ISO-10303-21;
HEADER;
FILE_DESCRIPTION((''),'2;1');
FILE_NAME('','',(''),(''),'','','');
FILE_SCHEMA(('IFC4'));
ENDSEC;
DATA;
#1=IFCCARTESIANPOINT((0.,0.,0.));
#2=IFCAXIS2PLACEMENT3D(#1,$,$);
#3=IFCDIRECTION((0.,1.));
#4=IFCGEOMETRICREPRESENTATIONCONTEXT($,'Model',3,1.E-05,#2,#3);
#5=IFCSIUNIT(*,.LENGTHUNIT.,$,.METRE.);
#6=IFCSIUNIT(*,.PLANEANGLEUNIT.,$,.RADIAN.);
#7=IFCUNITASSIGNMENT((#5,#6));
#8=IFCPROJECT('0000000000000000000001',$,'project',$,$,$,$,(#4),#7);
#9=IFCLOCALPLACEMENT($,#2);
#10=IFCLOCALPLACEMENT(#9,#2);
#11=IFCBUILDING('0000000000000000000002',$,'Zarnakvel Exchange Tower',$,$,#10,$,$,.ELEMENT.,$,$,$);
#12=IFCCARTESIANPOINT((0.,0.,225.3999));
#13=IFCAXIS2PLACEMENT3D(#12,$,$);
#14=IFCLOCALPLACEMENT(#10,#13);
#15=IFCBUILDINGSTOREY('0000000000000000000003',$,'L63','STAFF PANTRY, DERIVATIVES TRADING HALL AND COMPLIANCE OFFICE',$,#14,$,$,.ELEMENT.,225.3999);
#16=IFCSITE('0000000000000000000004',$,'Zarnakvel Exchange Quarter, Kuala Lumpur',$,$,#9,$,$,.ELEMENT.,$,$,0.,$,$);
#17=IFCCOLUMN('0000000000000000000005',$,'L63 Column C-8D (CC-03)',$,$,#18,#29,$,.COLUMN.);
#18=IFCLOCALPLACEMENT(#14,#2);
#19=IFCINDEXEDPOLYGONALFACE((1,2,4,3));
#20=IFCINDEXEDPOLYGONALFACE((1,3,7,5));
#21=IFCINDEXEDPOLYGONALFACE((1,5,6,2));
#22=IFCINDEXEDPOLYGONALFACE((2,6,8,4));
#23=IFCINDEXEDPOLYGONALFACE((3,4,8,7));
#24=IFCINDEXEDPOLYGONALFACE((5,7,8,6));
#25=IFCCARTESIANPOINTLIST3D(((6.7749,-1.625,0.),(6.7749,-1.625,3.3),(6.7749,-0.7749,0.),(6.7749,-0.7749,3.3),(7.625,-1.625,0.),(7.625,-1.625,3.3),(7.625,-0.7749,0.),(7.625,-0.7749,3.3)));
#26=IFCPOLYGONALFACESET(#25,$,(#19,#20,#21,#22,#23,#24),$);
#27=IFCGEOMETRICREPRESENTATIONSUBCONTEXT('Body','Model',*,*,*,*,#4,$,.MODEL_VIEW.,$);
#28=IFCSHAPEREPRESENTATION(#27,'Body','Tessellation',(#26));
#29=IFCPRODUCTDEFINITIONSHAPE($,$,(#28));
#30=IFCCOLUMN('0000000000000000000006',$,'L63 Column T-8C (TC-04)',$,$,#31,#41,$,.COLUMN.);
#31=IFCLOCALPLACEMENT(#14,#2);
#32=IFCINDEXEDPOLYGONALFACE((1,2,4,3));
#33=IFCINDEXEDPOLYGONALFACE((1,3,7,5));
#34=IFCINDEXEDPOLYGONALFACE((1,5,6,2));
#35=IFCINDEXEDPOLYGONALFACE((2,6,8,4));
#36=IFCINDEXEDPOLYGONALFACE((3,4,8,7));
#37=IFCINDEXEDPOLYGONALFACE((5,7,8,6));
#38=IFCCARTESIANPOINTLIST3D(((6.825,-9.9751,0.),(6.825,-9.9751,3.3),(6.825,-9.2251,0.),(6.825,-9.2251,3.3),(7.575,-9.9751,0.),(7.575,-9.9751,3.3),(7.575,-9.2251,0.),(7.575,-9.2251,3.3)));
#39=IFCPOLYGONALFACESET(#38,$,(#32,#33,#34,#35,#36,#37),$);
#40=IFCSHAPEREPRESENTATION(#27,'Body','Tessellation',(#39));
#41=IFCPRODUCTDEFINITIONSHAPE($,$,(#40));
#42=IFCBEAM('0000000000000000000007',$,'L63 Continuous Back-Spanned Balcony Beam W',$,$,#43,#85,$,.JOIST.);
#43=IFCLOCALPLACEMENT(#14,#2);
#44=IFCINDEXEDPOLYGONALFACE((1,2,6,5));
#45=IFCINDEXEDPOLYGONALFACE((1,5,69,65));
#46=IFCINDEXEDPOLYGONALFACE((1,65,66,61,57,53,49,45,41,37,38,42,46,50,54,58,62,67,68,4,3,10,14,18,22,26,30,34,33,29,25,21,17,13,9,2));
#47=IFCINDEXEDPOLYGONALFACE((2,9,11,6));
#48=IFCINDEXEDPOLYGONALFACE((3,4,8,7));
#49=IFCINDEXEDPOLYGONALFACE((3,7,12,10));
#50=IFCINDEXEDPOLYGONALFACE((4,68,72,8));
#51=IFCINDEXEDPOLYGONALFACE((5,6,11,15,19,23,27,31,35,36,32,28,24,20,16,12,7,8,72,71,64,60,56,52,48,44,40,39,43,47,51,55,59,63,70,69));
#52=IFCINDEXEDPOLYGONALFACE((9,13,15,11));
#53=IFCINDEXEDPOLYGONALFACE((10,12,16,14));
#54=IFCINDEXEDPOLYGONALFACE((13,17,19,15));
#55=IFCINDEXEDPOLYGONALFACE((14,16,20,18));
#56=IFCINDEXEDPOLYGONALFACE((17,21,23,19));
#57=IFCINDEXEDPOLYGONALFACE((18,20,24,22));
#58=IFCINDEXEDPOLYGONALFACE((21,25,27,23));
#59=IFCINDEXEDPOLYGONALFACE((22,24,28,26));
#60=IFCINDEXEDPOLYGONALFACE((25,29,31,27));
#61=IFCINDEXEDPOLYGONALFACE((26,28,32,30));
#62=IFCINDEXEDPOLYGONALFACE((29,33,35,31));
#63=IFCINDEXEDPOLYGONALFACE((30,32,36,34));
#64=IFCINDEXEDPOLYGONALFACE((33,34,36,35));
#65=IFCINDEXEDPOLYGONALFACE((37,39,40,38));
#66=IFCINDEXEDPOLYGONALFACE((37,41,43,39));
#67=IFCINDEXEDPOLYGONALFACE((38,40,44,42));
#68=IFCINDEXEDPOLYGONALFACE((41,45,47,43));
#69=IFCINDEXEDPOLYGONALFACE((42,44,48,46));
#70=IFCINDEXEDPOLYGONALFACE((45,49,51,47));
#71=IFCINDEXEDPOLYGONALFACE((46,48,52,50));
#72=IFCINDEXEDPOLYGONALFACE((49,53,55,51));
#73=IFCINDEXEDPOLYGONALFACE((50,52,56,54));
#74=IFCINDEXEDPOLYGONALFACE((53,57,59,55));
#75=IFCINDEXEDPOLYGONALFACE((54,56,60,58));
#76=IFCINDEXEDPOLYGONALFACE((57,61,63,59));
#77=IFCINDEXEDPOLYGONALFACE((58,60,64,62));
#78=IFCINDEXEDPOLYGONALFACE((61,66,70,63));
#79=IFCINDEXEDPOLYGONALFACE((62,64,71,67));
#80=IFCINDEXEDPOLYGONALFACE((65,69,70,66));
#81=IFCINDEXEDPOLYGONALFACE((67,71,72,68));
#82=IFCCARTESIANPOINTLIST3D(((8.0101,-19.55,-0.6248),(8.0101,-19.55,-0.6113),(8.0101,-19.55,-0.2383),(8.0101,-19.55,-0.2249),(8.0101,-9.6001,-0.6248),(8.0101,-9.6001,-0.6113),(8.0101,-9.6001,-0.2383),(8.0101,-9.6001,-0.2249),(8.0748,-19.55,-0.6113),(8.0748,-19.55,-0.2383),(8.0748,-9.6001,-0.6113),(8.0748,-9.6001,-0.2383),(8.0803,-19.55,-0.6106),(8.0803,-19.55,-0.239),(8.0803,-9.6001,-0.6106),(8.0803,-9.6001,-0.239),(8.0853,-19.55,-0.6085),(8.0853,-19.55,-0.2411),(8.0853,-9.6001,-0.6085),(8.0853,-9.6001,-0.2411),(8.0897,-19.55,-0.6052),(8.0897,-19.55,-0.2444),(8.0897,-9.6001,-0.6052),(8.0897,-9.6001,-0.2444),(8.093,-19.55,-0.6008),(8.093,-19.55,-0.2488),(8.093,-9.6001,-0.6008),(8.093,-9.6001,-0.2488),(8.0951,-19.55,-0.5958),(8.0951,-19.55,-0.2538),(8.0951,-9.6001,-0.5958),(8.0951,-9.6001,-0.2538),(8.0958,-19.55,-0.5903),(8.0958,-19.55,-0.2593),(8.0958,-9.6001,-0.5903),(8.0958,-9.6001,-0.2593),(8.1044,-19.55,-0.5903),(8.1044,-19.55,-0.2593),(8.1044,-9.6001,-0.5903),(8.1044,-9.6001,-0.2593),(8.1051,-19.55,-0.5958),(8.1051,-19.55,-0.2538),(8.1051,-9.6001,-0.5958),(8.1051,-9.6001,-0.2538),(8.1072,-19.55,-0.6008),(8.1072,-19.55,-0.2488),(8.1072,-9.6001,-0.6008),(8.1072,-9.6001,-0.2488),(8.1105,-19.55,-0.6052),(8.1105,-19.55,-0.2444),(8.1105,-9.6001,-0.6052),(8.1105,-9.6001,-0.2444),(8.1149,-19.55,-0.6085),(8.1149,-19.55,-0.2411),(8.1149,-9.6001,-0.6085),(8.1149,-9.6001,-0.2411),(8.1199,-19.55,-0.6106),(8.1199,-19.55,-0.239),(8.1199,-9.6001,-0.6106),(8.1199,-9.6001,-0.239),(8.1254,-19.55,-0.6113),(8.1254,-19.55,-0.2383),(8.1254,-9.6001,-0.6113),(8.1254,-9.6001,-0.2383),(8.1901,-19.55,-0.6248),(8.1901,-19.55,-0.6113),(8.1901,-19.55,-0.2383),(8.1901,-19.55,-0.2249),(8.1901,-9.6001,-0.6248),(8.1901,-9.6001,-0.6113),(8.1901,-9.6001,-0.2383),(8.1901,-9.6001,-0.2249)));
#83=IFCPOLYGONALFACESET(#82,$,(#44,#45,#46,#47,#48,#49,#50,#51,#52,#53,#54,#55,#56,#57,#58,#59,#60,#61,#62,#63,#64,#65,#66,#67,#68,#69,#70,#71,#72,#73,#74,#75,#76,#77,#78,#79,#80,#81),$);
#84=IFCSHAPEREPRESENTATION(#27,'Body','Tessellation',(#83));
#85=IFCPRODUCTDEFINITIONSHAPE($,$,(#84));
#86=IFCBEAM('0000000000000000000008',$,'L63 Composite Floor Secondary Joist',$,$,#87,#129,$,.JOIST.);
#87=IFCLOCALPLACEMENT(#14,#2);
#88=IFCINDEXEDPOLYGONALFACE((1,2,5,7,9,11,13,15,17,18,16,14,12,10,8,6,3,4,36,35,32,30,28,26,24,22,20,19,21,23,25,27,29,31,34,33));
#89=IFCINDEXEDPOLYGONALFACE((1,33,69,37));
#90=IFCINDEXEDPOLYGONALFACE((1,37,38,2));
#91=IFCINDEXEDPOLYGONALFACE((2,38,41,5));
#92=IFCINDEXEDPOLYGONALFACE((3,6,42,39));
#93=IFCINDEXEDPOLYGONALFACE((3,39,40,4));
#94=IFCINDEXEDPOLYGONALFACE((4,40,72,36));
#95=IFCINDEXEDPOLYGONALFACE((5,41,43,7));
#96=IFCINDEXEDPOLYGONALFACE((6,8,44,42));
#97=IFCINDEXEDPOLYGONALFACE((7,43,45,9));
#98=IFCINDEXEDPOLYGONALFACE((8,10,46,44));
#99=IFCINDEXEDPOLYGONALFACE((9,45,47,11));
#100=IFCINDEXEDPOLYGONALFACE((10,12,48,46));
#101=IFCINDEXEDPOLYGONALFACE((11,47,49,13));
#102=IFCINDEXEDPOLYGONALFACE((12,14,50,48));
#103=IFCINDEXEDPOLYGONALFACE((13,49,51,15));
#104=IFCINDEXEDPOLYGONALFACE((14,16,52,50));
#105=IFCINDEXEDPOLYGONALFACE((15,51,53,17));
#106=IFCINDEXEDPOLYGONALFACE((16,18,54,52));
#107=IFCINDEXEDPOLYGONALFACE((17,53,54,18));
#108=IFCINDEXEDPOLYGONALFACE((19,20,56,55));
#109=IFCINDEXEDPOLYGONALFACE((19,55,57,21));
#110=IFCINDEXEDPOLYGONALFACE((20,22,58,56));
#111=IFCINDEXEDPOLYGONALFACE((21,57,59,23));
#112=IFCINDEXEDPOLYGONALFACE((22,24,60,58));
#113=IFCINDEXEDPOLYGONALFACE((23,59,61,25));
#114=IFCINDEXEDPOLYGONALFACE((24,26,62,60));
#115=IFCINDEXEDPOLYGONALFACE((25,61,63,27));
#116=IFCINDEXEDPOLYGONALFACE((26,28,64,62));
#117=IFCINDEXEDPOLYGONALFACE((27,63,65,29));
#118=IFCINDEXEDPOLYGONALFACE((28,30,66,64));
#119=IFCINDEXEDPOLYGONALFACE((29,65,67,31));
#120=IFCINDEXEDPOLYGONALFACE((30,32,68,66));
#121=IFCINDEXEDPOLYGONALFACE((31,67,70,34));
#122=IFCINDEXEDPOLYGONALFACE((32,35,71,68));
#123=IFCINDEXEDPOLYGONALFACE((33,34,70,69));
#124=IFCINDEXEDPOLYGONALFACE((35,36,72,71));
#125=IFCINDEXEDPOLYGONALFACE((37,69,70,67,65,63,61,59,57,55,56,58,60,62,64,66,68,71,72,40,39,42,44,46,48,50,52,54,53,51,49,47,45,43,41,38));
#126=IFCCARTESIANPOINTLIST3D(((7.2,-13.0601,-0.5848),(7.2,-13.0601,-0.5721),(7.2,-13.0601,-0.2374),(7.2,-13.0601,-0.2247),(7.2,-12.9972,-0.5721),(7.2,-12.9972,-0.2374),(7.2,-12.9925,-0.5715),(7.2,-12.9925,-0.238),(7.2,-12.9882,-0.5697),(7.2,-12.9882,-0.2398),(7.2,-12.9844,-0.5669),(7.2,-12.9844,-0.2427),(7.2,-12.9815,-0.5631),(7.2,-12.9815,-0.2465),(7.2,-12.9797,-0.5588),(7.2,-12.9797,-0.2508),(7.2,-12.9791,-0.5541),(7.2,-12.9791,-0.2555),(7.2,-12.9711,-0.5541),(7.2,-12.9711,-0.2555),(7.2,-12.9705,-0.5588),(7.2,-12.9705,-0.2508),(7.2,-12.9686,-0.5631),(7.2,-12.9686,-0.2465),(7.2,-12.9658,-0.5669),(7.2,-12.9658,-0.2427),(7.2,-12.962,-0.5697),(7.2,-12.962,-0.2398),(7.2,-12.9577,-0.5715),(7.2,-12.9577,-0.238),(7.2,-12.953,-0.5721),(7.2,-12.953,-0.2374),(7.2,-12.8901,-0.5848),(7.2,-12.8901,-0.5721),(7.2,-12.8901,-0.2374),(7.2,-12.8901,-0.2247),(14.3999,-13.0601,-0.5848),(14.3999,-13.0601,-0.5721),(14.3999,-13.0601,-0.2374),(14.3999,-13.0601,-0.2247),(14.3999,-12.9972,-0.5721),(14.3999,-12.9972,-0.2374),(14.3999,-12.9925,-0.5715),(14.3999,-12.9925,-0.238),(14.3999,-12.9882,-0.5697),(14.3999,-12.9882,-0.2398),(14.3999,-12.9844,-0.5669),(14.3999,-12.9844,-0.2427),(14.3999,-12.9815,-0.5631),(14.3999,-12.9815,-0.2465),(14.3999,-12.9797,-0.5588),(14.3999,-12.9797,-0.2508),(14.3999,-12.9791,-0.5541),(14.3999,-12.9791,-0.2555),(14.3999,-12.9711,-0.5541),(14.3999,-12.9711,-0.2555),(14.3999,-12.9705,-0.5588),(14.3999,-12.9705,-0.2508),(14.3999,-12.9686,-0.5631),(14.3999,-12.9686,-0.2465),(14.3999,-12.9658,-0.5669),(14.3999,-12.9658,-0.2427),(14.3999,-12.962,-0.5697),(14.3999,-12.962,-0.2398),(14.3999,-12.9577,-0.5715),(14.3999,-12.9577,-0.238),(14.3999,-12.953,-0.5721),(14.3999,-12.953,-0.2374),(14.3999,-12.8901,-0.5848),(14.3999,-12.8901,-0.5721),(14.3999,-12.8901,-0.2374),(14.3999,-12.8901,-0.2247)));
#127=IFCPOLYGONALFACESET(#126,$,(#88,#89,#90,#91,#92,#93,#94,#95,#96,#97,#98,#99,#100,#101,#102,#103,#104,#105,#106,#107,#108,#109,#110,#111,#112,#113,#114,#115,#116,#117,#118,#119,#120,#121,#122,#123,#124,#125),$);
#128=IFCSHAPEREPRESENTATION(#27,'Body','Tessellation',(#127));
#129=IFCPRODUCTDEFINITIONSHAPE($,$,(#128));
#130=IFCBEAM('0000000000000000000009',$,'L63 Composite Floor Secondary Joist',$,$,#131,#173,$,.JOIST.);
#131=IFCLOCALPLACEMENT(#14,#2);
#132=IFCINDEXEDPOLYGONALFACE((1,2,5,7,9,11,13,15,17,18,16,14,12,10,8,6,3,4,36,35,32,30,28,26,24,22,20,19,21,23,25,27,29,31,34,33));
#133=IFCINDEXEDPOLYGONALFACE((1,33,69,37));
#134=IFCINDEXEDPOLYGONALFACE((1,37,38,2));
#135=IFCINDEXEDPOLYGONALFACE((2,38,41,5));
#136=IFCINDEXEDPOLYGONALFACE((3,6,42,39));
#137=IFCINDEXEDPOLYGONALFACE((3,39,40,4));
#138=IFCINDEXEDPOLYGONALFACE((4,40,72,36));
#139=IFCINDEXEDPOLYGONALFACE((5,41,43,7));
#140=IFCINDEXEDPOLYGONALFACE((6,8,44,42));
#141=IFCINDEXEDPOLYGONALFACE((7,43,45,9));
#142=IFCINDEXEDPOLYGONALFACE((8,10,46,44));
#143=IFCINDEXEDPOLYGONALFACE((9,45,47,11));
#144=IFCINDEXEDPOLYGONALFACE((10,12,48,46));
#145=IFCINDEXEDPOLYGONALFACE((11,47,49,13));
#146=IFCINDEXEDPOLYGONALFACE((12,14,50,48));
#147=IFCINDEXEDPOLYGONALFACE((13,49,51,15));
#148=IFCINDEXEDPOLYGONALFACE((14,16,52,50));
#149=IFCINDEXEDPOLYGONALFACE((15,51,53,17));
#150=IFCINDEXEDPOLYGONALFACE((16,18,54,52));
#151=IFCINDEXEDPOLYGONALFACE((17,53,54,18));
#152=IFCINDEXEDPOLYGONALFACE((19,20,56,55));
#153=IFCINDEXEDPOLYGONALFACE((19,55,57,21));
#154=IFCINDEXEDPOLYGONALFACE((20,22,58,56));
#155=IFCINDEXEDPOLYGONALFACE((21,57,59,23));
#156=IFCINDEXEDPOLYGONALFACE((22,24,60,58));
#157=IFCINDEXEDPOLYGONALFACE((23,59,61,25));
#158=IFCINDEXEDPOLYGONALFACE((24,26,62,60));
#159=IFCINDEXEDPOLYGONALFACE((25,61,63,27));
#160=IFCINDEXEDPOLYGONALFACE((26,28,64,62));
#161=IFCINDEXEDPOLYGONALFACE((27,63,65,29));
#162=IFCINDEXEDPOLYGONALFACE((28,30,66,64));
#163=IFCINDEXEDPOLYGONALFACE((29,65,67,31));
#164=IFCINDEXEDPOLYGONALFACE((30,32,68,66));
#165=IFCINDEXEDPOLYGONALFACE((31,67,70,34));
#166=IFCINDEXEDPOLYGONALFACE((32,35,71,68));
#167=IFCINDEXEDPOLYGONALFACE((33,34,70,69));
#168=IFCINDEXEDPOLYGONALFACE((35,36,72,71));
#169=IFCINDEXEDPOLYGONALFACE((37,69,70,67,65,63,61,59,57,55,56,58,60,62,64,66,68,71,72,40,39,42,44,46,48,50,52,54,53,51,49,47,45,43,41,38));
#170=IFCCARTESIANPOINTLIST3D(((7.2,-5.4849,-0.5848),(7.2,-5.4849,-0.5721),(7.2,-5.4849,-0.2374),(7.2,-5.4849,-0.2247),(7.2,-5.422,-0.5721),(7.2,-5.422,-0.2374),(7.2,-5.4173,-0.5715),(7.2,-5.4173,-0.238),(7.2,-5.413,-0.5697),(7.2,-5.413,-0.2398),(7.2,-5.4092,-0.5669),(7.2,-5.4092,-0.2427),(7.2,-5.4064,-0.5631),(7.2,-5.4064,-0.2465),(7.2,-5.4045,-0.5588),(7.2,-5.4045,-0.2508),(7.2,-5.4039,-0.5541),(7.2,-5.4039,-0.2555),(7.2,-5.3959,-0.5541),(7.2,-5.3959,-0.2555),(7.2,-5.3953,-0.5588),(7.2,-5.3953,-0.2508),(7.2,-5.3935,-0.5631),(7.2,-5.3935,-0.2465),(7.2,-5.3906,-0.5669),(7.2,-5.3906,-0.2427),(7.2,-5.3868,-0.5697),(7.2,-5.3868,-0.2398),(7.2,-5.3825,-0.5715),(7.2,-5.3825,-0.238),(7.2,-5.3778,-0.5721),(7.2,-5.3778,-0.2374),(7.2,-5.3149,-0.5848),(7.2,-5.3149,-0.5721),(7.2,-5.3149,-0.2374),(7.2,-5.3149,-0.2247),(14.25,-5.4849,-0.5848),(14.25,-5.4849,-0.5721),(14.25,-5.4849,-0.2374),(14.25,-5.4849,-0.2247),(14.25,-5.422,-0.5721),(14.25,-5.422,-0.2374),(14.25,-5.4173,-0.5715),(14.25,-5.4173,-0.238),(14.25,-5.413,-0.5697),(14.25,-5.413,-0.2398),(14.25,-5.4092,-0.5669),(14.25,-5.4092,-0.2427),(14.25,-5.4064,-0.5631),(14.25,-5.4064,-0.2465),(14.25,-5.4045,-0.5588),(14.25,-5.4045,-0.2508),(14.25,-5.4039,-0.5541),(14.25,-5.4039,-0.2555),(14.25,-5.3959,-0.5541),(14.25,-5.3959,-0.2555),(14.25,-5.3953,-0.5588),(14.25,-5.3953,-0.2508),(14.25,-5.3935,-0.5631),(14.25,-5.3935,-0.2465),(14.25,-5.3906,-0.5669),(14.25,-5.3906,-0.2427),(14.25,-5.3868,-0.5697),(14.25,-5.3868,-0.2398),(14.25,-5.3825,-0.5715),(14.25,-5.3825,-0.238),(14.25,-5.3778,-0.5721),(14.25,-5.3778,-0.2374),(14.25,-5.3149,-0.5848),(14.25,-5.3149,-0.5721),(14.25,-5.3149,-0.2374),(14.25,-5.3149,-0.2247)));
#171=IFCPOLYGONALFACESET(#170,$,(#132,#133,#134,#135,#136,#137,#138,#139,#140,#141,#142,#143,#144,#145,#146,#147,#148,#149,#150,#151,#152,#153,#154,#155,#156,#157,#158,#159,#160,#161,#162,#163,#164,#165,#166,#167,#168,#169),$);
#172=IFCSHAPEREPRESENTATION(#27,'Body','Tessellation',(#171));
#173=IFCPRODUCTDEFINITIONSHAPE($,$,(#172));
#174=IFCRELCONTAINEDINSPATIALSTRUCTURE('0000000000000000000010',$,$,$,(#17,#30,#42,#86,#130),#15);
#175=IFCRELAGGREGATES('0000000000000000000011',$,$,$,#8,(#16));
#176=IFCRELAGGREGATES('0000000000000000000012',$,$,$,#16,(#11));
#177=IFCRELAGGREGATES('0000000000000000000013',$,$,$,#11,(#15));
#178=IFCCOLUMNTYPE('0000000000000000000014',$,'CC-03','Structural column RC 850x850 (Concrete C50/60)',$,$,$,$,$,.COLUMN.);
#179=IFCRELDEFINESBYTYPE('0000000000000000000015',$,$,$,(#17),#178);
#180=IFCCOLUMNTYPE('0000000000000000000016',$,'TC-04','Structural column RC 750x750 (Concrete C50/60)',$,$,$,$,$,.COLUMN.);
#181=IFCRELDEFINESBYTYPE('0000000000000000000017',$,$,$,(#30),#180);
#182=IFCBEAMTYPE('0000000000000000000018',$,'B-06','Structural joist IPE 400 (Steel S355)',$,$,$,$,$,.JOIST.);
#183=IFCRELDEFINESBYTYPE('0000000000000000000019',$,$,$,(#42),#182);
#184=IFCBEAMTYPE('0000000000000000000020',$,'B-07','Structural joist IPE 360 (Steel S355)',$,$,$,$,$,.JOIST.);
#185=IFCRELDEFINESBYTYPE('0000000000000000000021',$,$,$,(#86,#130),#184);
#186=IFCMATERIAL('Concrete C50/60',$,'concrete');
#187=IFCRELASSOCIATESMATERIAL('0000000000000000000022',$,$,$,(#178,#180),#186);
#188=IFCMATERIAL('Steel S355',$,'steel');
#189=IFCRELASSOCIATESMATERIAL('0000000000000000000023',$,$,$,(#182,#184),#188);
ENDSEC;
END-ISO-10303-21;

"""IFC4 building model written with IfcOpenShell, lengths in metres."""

from ifc_helpers import new_model, si_unit, direction, frame, origin, origin_2d, place, context, subcontext, project, spatial, rectangle, i_section, extrude, material, material_profile, profile_set, type_object, element, save


model = new_model("IFC4")

# Units and contexts
model_context = context("Model", 3, precision=1e-05, world=origin(), true_north=direction((0.0, 1.0)))
body_context = subcontext(model_context, "Body", "Model", "MODEL_VIEW")
ifc_project = project(units=[si_unit("LENGTHUNIT", "METRE"), si_unit("PLANEANGLEUNIT", "RADIAN")], contexts=[model_context])

# Site, building, storey
site_placement = place(None, origin())
site = spatial("IfcSite", under=ifc_project, at=site_placement, Name="Zarnakvel Exchange Quarter, Kuala Lumpur", CompositionType="ELEMENT", RefElevation=0.0)
building_placement = place(site_placement, origin())
building = spatial("IfcBuilding", under=site, at=building_placement, Name="Zarnakvel Exchange Tower", CompositionType="ELEMENT")
storey_placement = place(building_placement, frame((0.0, 0.0, 225.3999)))
storey = spatial("IfcBuildingStorey", under=building, at=storey_placement, Name="L63", Description="STAFF PANTRY, DERIVATIVES TRADING HALL AND COMPLIANCE OFFICE", CompositionType="ELEMENT", Elevation=225.3999)

# Columns
ifc_material_1 = material(Name="Concrete C50/60", Category="concrete")
ifc_material_profile_1 = material_profile(ifc_material_1, rectangle(XDim=0.8501, YDim=0.8501, at=origin_2d()))
ifc_profile_set_1 = profile_set([ifc_material_profile_1], Name="Concrete C50/60")
column_type_1 = type_object("IfcColumnType", Name="CC-03", Description="Structural column RC 850x850 (Concrete C50/60)", PredefinedType="COLUMN", material=ifc_profile_set_1)
column_1_placement = place(storey_placement, frame((7.2, -1.2, 0.0), z_axis=(0.0, 0.0, 1.0), x_axis=(1.0, 0.0, 0.0)))
element("IfcColumn", 1, at=column_1_placement, inside=storey, type_object=column_type_1, Name="L63 Column C-8D (CC-03)", PredefinedType="COLUMN", context=body_context, shape_type="SweptSolid", body=[
    extrude(rectangle(XDim=0.8501, YDim=0.8501, at=origin_2d()), origin(), (0.0, 0.0, 1.0), 3.3),
])
ifc_material_profile_2 = material_profile(ifc_material_1, rectangle(XDim=0.75, YDim=0.75, at=origin_2d()))
ifc_profile_set_2 = profile_set([ifc_material_profile_2], Name="Concrete C50/60")
column_type_2 = type_object("IfcColumnType", Name="TC-04", Description="Structural column RC 750x750 (Concrete C50/60)", PredefinedType="COLUMN", material=ifc_profile_set_2)
column_2_placement = place(storey_placement, frame((7.2, -9.6001, 0.0), z_axis=(0.0, 0.0, 1.0), x_axis=(1.0, 0.0, 0.0)))
element("IfcColumn", 2, at=column_2_placement, inside=storey, type_object=column_type_2, Name="L63 Column T-8C (TC-04)", PredefinedType="COLUMN", context=body_context, shape_type="SweptSolid", body=[
    extrude(rectangle(XDim=0.75, YDim=0.75, at=origin_2d()), origin(), (0.0, 0.0, 1.0), 3.3),
])

# Beams
ifc_material_2 = material(Name="Steel S355", Category="steel")
ifc_material_profile_3 = material_profile(ifc_material_2, i_section(OverallWidth=0.1799, OverallDepth=0.3999, WebThickness=0.0085, FlangeThickness=0.0134, FilletRadius=0.021, at=origin_2d()))
ifc_profile_set_3 = profile_set([ifc_material_profile_3], Name="Steel S355")
beam_type_1 = type_object("IfcBeamType", Name="B-06", Description="Structural joist IPE 400 (Steel S355)", PredefinedType="JOIST", material=ifc_profile_set_3)
beam_1_placement = place(storey_placement, frame((8.1001, -9.6001, -0.4248), z_axis=(0.0, -1.0, 0.0), x_axis=(1.0, 0.0, 0.0)))
element("IfcBeam", 3, at=beam_1_placement, inside=storey, type_object=beam_type_1, Name="L63 Continuous Back-Spanned Balcony Beam W", PredefinedType="JOIST", context=body_context, shape_type="SweptSolid", body=[
    extrude(i_section(OverallWidth=0.1799, OverallDepth=0.3999, WebThickness=0.0085, FlangeThickness=0.0134, FilletRadius=0.021, at=origin_2d()), origin(), (0.0, 0.0, 1.0), 9.95),
])
ifc_material_profile_4 = material_profile(ifc_material_2, i_section(OverallWidth=0.1699, OverallDepth=0.3601, WebThickness=0.0081, FlangeThickness=0.0127, FilletRadius=0.0181, at=origin_2d()))
ifc_profile_set_4 = profile_set([ifc_material_profile_4], Name="Steel S355")
beam_type_2 = type_object("IfcBeamType", Name="B-07", Description="Structural joist IPE 360 (Steel S355)", PredefinedType="JOIST", material=ifc_profile_set_4)
beam_2_placement = place(storey_placement, frame((7.2, -12.9751, -0.4048), z_axis=(1.0, 0.0, 0.0), x_axis=(0.0, 1.0, 0.0)))
element("IfcBeam", 4, at=beam_2_placement, inside=storey, type_object=beam_type_2, Name="L63 Composite Floor Secondary Joist", PredefinedType="JOIST", context=body_context, shape_type="SweptSolid", body=[
    extrude(i_section(OverallWidth=0.1699, OverallDepth=0.3601, WebThickness=0.0081, FlangeThickness=0.0127, FilletRadius=0.0181, at=origin_2d()), origin(), (0.0, 0.0, 1.0), 7.2),
])
beam_3_placement = place(storey_placement, frame((7.2, -5.3999, -0.4048), z_axis=(1.0, 0.0, 0.0), x_axis=(0.0, 1.0, 0.0)))
element("IfcBeam", 5, at=beam_3_placement, inside=storey, type_object=beam_type_2, Name="L63 Composite Floor Secondary Joist", PredefinedType="JOIST", context=body_context, shape_type="SweptSolid", body=[
    extrude(i_section(OverallWidth=0.1699, OverallDepth=0.3601, WebThickness=0.0081, FlangeThickness=0.0127, FilletRadius=0.0181, at=origin_2d()), origin(), (0.0, 0.0, 1.0), 7.05),
])

save(model, "model.ifc")
